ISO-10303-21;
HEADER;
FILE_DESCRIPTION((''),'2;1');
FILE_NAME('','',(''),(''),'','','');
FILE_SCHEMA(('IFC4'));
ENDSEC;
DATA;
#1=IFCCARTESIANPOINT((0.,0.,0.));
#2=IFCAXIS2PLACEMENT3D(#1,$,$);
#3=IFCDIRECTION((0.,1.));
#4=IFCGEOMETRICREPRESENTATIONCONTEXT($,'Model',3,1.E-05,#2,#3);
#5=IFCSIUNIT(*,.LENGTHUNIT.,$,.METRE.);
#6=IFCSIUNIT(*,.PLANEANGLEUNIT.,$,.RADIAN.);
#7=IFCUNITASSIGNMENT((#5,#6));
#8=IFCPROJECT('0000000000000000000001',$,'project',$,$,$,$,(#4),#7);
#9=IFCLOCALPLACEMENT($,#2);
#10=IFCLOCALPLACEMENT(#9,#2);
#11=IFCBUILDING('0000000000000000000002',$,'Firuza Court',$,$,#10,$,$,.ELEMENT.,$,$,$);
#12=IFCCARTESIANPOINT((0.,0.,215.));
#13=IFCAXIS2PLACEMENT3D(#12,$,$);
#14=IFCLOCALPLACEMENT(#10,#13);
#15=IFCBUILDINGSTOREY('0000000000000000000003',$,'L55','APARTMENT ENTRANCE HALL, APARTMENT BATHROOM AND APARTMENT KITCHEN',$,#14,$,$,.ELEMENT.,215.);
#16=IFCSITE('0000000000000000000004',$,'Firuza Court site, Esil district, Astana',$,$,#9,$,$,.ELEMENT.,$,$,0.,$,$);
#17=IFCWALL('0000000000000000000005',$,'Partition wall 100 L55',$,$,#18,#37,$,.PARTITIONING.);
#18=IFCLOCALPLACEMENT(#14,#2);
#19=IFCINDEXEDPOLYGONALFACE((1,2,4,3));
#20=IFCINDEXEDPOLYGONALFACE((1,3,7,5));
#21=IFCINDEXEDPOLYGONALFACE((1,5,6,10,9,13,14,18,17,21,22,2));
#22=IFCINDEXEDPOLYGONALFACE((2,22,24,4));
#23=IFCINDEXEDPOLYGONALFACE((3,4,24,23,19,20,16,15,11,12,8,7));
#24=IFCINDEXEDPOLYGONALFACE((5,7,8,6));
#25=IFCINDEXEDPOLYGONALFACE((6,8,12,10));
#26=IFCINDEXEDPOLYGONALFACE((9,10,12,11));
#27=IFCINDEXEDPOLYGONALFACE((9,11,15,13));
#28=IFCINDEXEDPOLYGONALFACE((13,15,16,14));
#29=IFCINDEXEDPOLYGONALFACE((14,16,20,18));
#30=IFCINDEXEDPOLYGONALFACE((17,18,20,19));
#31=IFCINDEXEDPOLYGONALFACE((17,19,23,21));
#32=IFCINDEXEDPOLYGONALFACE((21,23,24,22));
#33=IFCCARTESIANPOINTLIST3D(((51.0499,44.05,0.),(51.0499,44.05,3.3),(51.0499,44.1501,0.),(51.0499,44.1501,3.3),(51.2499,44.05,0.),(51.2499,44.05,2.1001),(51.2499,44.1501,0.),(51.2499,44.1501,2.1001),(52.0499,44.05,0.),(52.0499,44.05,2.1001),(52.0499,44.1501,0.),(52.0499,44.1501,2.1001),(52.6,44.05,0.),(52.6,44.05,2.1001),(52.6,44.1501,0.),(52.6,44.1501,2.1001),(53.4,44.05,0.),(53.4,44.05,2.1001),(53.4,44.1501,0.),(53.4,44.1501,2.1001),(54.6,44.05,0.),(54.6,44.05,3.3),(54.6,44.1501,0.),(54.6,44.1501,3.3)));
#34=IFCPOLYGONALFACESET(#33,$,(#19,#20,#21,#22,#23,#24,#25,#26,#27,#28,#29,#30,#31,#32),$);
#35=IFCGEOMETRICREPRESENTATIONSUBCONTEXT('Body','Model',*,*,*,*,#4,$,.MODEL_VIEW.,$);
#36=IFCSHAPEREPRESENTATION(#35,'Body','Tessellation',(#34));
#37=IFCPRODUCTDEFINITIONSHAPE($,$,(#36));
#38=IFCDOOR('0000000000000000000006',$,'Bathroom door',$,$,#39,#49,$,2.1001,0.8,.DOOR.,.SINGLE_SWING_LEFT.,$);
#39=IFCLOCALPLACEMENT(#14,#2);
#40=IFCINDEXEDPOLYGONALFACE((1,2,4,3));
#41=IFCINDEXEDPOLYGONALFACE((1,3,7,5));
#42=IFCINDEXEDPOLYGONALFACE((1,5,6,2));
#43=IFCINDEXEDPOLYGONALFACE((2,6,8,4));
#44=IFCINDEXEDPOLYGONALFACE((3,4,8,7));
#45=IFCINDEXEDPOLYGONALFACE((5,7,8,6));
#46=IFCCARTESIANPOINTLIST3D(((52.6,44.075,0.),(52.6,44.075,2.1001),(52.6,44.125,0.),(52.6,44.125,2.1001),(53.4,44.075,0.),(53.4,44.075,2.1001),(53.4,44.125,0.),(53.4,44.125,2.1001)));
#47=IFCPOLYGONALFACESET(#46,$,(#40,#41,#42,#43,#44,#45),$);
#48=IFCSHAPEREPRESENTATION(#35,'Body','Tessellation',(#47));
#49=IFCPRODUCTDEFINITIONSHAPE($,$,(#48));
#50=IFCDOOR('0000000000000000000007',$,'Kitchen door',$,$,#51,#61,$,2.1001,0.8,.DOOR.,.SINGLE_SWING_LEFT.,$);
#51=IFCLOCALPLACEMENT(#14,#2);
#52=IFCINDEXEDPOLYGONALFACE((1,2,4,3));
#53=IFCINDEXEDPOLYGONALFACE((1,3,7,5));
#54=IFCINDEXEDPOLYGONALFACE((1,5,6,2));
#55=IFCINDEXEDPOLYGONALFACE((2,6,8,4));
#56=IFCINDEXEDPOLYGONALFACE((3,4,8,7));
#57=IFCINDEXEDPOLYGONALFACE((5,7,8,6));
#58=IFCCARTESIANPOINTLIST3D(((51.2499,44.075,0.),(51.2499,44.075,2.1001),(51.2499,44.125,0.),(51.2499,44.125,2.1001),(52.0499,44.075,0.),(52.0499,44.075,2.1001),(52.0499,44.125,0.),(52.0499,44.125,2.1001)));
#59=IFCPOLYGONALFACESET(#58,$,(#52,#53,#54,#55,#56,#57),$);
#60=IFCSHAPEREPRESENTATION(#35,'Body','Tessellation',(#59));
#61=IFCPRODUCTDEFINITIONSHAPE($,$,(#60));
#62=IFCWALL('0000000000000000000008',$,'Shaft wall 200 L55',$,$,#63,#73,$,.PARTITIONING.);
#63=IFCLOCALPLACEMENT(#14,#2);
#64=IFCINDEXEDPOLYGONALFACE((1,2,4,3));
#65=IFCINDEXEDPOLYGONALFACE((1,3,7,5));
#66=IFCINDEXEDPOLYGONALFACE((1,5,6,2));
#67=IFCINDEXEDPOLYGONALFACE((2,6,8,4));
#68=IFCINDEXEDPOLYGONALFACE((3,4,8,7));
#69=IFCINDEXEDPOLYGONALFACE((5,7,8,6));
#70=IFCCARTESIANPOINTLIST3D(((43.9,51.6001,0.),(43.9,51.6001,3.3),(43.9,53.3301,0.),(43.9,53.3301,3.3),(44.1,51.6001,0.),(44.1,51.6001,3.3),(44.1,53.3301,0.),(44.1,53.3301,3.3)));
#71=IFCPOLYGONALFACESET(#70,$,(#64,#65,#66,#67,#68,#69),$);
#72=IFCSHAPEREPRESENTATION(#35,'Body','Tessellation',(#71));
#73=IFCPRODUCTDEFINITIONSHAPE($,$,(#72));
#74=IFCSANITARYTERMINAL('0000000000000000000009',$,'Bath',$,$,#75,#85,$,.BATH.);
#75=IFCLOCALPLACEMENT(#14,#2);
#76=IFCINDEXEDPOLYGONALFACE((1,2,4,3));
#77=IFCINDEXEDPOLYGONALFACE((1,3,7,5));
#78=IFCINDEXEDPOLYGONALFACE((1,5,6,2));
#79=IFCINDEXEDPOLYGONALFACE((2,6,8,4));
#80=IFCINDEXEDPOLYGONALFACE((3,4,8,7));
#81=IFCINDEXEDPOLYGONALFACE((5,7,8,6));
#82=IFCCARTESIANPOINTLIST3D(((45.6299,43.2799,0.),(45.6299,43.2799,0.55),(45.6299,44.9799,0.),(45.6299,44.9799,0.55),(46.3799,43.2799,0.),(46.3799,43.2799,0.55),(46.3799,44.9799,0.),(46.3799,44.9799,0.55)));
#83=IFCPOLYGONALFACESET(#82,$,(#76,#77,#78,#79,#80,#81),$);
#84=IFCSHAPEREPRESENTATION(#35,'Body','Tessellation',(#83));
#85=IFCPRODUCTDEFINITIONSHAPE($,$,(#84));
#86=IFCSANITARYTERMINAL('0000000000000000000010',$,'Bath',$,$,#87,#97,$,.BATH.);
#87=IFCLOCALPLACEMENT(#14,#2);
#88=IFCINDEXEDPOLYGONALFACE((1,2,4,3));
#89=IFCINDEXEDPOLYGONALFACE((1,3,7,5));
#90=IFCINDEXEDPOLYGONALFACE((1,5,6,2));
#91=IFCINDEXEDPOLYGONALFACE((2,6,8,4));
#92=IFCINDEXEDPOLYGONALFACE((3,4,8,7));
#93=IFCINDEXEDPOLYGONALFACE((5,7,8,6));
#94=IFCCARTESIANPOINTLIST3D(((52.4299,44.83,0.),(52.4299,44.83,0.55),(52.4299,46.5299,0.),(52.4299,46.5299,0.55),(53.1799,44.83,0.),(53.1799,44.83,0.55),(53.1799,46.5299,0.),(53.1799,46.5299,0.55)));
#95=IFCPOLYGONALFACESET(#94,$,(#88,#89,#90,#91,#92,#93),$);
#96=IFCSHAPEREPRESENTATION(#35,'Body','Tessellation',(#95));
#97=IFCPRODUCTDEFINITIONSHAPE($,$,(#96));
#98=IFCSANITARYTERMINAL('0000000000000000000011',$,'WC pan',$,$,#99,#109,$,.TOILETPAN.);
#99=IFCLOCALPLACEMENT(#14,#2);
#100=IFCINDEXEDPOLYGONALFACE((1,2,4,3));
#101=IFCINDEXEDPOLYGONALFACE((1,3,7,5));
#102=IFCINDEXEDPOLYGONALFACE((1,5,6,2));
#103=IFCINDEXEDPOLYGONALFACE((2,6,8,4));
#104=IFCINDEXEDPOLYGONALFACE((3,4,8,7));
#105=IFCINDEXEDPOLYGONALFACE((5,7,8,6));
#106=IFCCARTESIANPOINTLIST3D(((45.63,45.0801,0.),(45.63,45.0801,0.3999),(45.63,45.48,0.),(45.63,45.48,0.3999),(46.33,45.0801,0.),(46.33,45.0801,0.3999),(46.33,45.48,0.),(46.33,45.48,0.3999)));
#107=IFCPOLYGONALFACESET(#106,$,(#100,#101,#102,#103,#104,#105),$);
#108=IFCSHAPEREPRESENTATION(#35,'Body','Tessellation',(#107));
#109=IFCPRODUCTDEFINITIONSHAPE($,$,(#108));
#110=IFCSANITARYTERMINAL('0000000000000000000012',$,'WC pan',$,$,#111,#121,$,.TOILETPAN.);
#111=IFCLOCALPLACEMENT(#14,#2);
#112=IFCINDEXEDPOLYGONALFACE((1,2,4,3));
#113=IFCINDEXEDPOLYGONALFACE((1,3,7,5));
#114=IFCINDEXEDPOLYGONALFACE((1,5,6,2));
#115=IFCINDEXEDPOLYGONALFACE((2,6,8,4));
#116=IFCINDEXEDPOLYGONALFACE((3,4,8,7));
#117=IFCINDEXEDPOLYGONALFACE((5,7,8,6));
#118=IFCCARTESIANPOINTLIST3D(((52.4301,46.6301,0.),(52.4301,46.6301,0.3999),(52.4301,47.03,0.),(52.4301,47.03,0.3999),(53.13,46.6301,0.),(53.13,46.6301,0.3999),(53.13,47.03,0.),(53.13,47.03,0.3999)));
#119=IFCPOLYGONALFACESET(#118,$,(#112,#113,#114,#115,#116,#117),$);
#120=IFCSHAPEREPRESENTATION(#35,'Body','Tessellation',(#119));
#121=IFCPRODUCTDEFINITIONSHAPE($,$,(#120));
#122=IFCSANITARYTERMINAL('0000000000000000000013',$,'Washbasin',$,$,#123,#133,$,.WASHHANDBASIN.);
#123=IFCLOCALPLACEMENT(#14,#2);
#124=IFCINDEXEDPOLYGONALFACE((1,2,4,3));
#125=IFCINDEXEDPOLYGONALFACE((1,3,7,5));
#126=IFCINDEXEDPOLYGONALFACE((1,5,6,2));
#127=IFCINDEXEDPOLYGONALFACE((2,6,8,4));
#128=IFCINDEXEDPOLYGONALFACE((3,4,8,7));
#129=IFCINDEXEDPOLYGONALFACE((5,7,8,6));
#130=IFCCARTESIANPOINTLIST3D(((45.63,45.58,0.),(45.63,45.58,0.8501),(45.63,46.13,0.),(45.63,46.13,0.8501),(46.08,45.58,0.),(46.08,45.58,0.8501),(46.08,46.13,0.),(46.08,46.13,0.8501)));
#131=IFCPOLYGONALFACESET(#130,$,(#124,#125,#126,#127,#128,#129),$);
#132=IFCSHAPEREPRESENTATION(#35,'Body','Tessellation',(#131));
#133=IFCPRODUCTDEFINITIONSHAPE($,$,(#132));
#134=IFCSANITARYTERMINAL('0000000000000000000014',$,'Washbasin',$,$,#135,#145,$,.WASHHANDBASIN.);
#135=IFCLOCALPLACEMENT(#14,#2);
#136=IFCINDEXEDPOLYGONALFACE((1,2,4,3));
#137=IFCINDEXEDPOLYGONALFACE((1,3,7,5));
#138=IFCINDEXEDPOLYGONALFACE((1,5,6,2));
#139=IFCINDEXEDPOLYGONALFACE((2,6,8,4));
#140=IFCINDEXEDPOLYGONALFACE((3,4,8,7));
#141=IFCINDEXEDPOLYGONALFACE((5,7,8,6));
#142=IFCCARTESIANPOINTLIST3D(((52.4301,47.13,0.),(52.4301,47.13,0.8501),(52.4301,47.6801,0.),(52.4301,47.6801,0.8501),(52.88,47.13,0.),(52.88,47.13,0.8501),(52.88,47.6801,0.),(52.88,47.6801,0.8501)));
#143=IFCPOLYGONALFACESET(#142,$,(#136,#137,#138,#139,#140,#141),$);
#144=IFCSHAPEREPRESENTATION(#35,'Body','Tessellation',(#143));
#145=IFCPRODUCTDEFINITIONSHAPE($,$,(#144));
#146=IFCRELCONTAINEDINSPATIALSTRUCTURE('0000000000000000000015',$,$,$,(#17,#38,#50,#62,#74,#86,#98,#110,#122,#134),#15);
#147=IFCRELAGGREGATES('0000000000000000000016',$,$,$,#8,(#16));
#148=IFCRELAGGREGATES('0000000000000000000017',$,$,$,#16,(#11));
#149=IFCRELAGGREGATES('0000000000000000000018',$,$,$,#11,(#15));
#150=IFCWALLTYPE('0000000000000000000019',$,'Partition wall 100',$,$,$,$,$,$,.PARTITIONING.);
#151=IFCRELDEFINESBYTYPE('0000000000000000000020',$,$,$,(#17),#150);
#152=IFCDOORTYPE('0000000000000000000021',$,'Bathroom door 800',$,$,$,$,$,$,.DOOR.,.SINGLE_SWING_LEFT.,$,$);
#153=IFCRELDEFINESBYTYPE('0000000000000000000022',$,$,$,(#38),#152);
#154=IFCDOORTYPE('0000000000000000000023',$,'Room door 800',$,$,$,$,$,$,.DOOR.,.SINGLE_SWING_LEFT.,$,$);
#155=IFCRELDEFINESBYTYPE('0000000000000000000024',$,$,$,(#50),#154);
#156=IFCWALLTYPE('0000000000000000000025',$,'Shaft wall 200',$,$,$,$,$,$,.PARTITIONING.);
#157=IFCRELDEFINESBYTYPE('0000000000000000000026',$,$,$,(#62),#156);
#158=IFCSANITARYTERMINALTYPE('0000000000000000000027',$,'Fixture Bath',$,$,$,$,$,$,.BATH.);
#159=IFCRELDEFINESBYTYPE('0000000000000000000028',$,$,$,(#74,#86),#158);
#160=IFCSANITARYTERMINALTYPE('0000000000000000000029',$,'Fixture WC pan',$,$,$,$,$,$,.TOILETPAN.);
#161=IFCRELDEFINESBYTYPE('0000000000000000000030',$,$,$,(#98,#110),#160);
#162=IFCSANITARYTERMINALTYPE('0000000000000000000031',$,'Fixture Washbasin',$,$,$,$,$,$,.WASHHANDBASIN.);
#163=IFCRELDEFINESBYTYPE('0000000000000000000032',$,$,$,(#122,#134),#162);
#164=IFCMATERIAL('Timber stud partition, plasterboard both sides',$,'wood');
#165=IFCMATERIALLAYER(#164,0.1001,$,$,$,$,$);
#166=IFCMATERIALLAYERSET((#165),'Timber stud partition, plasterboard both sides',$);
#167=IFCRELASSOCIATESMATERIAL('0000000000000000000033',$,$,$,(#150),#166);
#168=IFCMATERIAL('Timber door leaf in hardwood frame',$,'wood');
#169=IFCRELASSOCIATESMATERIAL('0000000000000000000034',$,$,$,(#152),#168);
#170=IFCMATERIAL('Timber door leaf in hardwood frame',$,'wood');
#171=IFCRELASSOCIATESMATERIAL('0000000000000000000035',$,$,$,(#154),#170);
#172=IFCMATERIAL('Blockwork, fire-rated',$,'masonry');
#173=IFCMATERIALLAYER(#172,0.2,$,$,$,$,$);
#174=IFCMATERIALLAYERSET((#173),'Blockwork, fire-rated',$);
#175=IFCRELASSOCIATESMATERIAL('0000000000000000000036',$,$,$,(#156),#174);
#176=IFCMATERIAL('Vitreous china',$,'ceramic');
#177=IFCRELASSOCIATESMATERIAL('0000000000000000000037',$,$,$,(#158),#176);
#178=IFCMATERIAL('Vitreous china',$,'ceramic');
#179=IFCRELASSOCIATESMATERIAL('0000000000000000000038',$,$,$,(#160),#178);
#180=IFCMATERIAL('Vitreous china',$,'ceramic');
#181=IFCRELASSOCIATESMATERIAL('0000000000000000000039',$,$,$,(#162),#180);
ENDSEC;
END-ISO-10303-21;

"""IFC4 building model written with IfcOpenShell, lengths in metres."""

from ifc_helpers import new_model, si_unit, direction, frame, frame_2d, origin, origin_2d, place, context, subcontext, project, spatial, rectangle, extrude, material, layer, layer_set, type_object, element, fill, save


model = new_model("IFC4")

# Units and contexts
model_context = context("Model", 3, precision=1e-05, world=origin(), true_north=direction((0.0, 1.0)))
body_context = subcontext(model_context, "Body", "Model", "MODEL_VIEW")
ifc_project = project(units=[si_unit("LENGTHUNIT", "METRE"), si_unit("PLANEANGLEUNIT", "RADIAN")], contexts=[model_context])

# Site, building, storey
site_placement = place(None, origin())
site = spatial("IfcSite", under=ifc_project, at=site_placement, Name="Firuza Court site, Esil district, Astana", CompositionType="ELEMENT", RefElevation=0.0)
building_placement = place(site_placement, origin())
building = spatial("IfcBuilding", under=site, at=building_placement, Name="Firuza Court", CompositionType="ELEMENT")
storey_placement = place(building_placement, frame((0.0, 0.0, 215.0)))
storey = spatial("IfcBuildingStorey", under=building, at=storey_placement, Name="L55", Description="APARTMENT ENTRANCE HALL, APARTMENT BATHROOM AND APARTMENT KITCHEN", CompositionType="ELEMENT", Elevation=215.0)

# Shared definitions
ifc_material_1 = material(Name="Timber stud partition, plasterboard both sides", Category="wood")
ifc_layer_1 = layer(ifc_material_1, 0.1001)
ifc_layer_set_1 = layer_set([ifc_layer_1], Name="Timber stud partition, plasterboard both sides")
wall_type_1 = type_object("IfcWallType", Name="Partition wall 100", PredefinedType="PARTITIONING", material=ifc_layer_set_1)

# Wall, openings, doors
wall_1_placement = place(storey_placement, frame((51.05, 44.1001, 0.0), z_axis=(0.0, 0.0, 1.0), x_axis=(1.0, 0.0, 0.0)))
wall_1 = element("IfcWall", 1, at=wall_1_placement, inside=storey, type_object=wall_type_1, Name="Partition wall 100 L55", PredefinedType="PARTITIONING", context=body_context, shape_type="SweptSolid", body=[
    extrude(rectangle(XDim=3.55, YDim=0.1001, at=frame_2d((1.7749, 0.0))), origin(), (0.0, 0.0, 1.0), 3.3),
])
opening_1_placement = place(wall_1_placement, frame((1.55, 0.0, 0.0)))
opening_1 = element("IfcOpeningElement", 2, at=opening_1_placement, cuts=wall_1, PredefinedType="OPENING", context=body_context, shape_type="SweptSolid", body=[
    extrude(rectangle(XDim=0.8, YDim=2.1001, at=frame_2d((0.3999, 1.05))), frame((0.0, 0.062, 0.0), z_axis=(0.0, -1.0, 0.0), x_axis=(1.0, 0.0, 0.0)), (0.0, 0.0, 1.0), 0.124),
])
opening_2_placement = place(wall_1_placement, frame((0.2, 0.0, 0.0)))
opening_2 = element("IfcOpeningElement", 3, at=opening_2_placement, cuts=wall_1, PredefinedType="OPENING", context=body_context, shape_type="SweptSolid", body=[
    extrude(rectangle(XDim=0.8, YDim=2.1001, at=frame_2d((0.3999, 1.05))), frame((0.0, 0.062, 0.0), z_axis=(0.0, -1.0, 0.0), x_axis=(1.0, 0.0, 0.0)), (0.0, 0.0, 1.0), 0.124),
])
ifc_material_2 = material(Name="Timber door leaf in hardwood frame", Category="wood")
door_type_1 = type_object("IfcDoorType", Name="Bathroom door 800", OperationType="SINGLE_SWING_LEFT", PredefinedType="DOOR", material=ifc_material_2)
door_1_placement = place(opening_1_placement, origin())
door_1 = element("IfcDoor", 4, at=door_1_placement, inside=storey, type_object=door_type_1, Name="Bathroom door", OperationType="SINGLE_SWING_LEFT", OverallHeight=2.1001, OverallWidth=0.8, PredefinedType="DOOR", context=body_context, shape_type="SweptSolid", body=[
    extrude(rectangle(XDim=0.8, YDim=2.1001, at=frame_2d((0.3999, 1.05))), frame((0.0, 0.0249, 0.0), z_axis=(0.0, -1.0, 0.0), x_axis=(1.0, 0.0, 0.0)), (0.0, 0.0, 1.0), 0.05),
])
fill(opening_1, door_1)
ifc_material_3 = material(Name="Timber door leaf in hardwood frame", Category="wood")
door_type_2 = type_object("IfcDoorType", Name="Room door 800", OperationType="SINGLE_SWING_LEFT", PredefinedType="DOOR", material=ifc_material_3)
door_2_placement = place(opening_2_placement, origin())
door_2 = element("IfcDoor", 5, at=door_2_placement, inside=storey, type_object=door_type_2, Name="Kitchen door", OperationType="SINGLE_SWING_LEFT", OverallHeight=2.1001, OverallWidth=0.8, PredefinedType="DOOR", context=body_context, shape_type="SweptSolid", body=[
    extrude(rectangle(XDim=0.8, YDim=2.1001, at=frame_2d((0.3999, 1.05))), frame((0.0, 0.0249, 0.0), z_axis=(0.0, -1.0, 0.0), x_axis=(1.0, 0.0, 0.0)), (0.0, 0.0, 1.0), 0.05),
])
fill(opening_2, door_2)

# Wall
ifc_material_4 = material(Name="Blockwork, fire-rated", Category="masonry")
ifc_layer_2 = layer(ifc_material_4, 0.2)
ifc_layer_set_2 = layer_set([ifc_layer_2], Name="Blockwork, fire-rated")
wall_type_2 = type_object("IfcWallType", Name="Shaft wall 200", PredefinedType="PARTITIONING", material=ifc_layer_set_2)
wall_2_placement = place(storey_placement, frame((44.0, 51.6001, 0.0), z_axis=(0.0, 0.0, 1.0), x_axis=(0.0, 1.0, 0.0)))
element("IfcWall", 6, at=wall_2_placement, inside=storey, type_object=wall_type_2, Name="Shaft wall 200 L55", PredefinedType="PARTITIONING", context=body_context, shape_type="SweptSolid", body=[
    extrude(rectangle(XDim=1.73, YDim=0.2, at=frame_2d((0.865, 0.0))), origin(), (0.0, 0.0, 1.0), 3.3),
])

# Sanitary terminals
ifc_material_5 = material(Name="Vitreous china", Category="ceramic")
sanitary_terminal_type_1 = type_object("IfcSanitaryTerminalType", Name="Fixture Bath", PredefinedType="BATH", material=ifc_material_5)
for number, where, z_axis, x_axis, name in (
    (7, (46.0049, 44.1299, 0.0), (0.0, 0.0, 1.0), (1.0, 0.0, 0.0), "Bath"),
    (8, (52.8049, 45.6799, 0.0), (0.0, 0.0, 1.0), (1.0, 0.0, 0.0), "Bath"),
):
    element("IfcSanitaryTerminal", number, at=place(storey_placement, frame(where, z_axis=z_axis, x_axis=x_axis)), inside=storey, type_object=sanitary_terminal_type_1, Name=name, PredefinedType="BATH", context=body_context, shape_type="SweptSolid", body=[
        extrude(rectangle(XDim=0.75, YDim=1.7, at=origin_2d()), origin(), (0.0, 0.0, 1.0), 0.55),
    ])
ifc_material_6 = material(Name="Vitreous china", Category="ceramic")
sanitary_terminal_type_2 = type_object("IfcSanitaryTerminalType", Name="Fixture WC pan", PredefinedType="TOILETPAN", material=ifc_material_6)
for number, where, z_axis, x_axis, name in (
    (9, (45.98, 45.28, 0.0), (0.0, 0.0, 1.0), (1.0, 0.0, 0.0), "WC pan"),
    (10, (52.78, 46.8301, 0.0), (0.0, 0.0, 1.0), (1.0, 0.0, 0.0), "WC pan"),
):
    element("IfcSanitaryTerminal", number, at=place(storey_placement, frame(where, z_axis=z_axis, x_axis=x_axis)), inside=storey, type_object=sanitary_terminal_type_2, Name=name, PredefinedType="TOILETPAN", context=body_context, shape_type="SweptSolid", body=[
        extrude(rectangle(XDim=0.7, YDim=0.3999, at=origin_2d()), origin(), (0.0, 0.0, 1.0), 0.3999),
    ])
ifc_material_7 = material(Name="Vitreous china", Category="ceramic")
sanitary_terminal_type_3 = type_object("IfcSanitaryTerminalType", Name="Fixture Washbasin", PredefinedType="WASHHANDBASIN", material=ifc_material_7)
for number, where, z_axis, x_axis, name in (
    (11, (45.855, 45.855, 0.0), (0.0, 0.0, 1.0), (1.0, 0.0, 0.0), "Washbasin"),
    (12, (52.655, 47.405, 0.0), (0.0, 0.0, 1.0), (1.0, 0.0, 0.0), "Washbasin"),
):
    element("IfcSanitaryTerminal", number, at=place(storey_placement, frame(where, z_axis=z_axis, x_axis=x_axis)), inside=storey, type_object=sanitary_terminal_type_3, Name=name, PredefinedType="WASHHANDBASIN", context=body_context, shape_type="SweptSolid", body=[
        extrude(rectangle(XDim=0.45, YDim=0.55, at=origin_2d()), origin(), (0.0, 0.0, 1.0), 0.8501),
    ])

save(model, "model.ifc")
